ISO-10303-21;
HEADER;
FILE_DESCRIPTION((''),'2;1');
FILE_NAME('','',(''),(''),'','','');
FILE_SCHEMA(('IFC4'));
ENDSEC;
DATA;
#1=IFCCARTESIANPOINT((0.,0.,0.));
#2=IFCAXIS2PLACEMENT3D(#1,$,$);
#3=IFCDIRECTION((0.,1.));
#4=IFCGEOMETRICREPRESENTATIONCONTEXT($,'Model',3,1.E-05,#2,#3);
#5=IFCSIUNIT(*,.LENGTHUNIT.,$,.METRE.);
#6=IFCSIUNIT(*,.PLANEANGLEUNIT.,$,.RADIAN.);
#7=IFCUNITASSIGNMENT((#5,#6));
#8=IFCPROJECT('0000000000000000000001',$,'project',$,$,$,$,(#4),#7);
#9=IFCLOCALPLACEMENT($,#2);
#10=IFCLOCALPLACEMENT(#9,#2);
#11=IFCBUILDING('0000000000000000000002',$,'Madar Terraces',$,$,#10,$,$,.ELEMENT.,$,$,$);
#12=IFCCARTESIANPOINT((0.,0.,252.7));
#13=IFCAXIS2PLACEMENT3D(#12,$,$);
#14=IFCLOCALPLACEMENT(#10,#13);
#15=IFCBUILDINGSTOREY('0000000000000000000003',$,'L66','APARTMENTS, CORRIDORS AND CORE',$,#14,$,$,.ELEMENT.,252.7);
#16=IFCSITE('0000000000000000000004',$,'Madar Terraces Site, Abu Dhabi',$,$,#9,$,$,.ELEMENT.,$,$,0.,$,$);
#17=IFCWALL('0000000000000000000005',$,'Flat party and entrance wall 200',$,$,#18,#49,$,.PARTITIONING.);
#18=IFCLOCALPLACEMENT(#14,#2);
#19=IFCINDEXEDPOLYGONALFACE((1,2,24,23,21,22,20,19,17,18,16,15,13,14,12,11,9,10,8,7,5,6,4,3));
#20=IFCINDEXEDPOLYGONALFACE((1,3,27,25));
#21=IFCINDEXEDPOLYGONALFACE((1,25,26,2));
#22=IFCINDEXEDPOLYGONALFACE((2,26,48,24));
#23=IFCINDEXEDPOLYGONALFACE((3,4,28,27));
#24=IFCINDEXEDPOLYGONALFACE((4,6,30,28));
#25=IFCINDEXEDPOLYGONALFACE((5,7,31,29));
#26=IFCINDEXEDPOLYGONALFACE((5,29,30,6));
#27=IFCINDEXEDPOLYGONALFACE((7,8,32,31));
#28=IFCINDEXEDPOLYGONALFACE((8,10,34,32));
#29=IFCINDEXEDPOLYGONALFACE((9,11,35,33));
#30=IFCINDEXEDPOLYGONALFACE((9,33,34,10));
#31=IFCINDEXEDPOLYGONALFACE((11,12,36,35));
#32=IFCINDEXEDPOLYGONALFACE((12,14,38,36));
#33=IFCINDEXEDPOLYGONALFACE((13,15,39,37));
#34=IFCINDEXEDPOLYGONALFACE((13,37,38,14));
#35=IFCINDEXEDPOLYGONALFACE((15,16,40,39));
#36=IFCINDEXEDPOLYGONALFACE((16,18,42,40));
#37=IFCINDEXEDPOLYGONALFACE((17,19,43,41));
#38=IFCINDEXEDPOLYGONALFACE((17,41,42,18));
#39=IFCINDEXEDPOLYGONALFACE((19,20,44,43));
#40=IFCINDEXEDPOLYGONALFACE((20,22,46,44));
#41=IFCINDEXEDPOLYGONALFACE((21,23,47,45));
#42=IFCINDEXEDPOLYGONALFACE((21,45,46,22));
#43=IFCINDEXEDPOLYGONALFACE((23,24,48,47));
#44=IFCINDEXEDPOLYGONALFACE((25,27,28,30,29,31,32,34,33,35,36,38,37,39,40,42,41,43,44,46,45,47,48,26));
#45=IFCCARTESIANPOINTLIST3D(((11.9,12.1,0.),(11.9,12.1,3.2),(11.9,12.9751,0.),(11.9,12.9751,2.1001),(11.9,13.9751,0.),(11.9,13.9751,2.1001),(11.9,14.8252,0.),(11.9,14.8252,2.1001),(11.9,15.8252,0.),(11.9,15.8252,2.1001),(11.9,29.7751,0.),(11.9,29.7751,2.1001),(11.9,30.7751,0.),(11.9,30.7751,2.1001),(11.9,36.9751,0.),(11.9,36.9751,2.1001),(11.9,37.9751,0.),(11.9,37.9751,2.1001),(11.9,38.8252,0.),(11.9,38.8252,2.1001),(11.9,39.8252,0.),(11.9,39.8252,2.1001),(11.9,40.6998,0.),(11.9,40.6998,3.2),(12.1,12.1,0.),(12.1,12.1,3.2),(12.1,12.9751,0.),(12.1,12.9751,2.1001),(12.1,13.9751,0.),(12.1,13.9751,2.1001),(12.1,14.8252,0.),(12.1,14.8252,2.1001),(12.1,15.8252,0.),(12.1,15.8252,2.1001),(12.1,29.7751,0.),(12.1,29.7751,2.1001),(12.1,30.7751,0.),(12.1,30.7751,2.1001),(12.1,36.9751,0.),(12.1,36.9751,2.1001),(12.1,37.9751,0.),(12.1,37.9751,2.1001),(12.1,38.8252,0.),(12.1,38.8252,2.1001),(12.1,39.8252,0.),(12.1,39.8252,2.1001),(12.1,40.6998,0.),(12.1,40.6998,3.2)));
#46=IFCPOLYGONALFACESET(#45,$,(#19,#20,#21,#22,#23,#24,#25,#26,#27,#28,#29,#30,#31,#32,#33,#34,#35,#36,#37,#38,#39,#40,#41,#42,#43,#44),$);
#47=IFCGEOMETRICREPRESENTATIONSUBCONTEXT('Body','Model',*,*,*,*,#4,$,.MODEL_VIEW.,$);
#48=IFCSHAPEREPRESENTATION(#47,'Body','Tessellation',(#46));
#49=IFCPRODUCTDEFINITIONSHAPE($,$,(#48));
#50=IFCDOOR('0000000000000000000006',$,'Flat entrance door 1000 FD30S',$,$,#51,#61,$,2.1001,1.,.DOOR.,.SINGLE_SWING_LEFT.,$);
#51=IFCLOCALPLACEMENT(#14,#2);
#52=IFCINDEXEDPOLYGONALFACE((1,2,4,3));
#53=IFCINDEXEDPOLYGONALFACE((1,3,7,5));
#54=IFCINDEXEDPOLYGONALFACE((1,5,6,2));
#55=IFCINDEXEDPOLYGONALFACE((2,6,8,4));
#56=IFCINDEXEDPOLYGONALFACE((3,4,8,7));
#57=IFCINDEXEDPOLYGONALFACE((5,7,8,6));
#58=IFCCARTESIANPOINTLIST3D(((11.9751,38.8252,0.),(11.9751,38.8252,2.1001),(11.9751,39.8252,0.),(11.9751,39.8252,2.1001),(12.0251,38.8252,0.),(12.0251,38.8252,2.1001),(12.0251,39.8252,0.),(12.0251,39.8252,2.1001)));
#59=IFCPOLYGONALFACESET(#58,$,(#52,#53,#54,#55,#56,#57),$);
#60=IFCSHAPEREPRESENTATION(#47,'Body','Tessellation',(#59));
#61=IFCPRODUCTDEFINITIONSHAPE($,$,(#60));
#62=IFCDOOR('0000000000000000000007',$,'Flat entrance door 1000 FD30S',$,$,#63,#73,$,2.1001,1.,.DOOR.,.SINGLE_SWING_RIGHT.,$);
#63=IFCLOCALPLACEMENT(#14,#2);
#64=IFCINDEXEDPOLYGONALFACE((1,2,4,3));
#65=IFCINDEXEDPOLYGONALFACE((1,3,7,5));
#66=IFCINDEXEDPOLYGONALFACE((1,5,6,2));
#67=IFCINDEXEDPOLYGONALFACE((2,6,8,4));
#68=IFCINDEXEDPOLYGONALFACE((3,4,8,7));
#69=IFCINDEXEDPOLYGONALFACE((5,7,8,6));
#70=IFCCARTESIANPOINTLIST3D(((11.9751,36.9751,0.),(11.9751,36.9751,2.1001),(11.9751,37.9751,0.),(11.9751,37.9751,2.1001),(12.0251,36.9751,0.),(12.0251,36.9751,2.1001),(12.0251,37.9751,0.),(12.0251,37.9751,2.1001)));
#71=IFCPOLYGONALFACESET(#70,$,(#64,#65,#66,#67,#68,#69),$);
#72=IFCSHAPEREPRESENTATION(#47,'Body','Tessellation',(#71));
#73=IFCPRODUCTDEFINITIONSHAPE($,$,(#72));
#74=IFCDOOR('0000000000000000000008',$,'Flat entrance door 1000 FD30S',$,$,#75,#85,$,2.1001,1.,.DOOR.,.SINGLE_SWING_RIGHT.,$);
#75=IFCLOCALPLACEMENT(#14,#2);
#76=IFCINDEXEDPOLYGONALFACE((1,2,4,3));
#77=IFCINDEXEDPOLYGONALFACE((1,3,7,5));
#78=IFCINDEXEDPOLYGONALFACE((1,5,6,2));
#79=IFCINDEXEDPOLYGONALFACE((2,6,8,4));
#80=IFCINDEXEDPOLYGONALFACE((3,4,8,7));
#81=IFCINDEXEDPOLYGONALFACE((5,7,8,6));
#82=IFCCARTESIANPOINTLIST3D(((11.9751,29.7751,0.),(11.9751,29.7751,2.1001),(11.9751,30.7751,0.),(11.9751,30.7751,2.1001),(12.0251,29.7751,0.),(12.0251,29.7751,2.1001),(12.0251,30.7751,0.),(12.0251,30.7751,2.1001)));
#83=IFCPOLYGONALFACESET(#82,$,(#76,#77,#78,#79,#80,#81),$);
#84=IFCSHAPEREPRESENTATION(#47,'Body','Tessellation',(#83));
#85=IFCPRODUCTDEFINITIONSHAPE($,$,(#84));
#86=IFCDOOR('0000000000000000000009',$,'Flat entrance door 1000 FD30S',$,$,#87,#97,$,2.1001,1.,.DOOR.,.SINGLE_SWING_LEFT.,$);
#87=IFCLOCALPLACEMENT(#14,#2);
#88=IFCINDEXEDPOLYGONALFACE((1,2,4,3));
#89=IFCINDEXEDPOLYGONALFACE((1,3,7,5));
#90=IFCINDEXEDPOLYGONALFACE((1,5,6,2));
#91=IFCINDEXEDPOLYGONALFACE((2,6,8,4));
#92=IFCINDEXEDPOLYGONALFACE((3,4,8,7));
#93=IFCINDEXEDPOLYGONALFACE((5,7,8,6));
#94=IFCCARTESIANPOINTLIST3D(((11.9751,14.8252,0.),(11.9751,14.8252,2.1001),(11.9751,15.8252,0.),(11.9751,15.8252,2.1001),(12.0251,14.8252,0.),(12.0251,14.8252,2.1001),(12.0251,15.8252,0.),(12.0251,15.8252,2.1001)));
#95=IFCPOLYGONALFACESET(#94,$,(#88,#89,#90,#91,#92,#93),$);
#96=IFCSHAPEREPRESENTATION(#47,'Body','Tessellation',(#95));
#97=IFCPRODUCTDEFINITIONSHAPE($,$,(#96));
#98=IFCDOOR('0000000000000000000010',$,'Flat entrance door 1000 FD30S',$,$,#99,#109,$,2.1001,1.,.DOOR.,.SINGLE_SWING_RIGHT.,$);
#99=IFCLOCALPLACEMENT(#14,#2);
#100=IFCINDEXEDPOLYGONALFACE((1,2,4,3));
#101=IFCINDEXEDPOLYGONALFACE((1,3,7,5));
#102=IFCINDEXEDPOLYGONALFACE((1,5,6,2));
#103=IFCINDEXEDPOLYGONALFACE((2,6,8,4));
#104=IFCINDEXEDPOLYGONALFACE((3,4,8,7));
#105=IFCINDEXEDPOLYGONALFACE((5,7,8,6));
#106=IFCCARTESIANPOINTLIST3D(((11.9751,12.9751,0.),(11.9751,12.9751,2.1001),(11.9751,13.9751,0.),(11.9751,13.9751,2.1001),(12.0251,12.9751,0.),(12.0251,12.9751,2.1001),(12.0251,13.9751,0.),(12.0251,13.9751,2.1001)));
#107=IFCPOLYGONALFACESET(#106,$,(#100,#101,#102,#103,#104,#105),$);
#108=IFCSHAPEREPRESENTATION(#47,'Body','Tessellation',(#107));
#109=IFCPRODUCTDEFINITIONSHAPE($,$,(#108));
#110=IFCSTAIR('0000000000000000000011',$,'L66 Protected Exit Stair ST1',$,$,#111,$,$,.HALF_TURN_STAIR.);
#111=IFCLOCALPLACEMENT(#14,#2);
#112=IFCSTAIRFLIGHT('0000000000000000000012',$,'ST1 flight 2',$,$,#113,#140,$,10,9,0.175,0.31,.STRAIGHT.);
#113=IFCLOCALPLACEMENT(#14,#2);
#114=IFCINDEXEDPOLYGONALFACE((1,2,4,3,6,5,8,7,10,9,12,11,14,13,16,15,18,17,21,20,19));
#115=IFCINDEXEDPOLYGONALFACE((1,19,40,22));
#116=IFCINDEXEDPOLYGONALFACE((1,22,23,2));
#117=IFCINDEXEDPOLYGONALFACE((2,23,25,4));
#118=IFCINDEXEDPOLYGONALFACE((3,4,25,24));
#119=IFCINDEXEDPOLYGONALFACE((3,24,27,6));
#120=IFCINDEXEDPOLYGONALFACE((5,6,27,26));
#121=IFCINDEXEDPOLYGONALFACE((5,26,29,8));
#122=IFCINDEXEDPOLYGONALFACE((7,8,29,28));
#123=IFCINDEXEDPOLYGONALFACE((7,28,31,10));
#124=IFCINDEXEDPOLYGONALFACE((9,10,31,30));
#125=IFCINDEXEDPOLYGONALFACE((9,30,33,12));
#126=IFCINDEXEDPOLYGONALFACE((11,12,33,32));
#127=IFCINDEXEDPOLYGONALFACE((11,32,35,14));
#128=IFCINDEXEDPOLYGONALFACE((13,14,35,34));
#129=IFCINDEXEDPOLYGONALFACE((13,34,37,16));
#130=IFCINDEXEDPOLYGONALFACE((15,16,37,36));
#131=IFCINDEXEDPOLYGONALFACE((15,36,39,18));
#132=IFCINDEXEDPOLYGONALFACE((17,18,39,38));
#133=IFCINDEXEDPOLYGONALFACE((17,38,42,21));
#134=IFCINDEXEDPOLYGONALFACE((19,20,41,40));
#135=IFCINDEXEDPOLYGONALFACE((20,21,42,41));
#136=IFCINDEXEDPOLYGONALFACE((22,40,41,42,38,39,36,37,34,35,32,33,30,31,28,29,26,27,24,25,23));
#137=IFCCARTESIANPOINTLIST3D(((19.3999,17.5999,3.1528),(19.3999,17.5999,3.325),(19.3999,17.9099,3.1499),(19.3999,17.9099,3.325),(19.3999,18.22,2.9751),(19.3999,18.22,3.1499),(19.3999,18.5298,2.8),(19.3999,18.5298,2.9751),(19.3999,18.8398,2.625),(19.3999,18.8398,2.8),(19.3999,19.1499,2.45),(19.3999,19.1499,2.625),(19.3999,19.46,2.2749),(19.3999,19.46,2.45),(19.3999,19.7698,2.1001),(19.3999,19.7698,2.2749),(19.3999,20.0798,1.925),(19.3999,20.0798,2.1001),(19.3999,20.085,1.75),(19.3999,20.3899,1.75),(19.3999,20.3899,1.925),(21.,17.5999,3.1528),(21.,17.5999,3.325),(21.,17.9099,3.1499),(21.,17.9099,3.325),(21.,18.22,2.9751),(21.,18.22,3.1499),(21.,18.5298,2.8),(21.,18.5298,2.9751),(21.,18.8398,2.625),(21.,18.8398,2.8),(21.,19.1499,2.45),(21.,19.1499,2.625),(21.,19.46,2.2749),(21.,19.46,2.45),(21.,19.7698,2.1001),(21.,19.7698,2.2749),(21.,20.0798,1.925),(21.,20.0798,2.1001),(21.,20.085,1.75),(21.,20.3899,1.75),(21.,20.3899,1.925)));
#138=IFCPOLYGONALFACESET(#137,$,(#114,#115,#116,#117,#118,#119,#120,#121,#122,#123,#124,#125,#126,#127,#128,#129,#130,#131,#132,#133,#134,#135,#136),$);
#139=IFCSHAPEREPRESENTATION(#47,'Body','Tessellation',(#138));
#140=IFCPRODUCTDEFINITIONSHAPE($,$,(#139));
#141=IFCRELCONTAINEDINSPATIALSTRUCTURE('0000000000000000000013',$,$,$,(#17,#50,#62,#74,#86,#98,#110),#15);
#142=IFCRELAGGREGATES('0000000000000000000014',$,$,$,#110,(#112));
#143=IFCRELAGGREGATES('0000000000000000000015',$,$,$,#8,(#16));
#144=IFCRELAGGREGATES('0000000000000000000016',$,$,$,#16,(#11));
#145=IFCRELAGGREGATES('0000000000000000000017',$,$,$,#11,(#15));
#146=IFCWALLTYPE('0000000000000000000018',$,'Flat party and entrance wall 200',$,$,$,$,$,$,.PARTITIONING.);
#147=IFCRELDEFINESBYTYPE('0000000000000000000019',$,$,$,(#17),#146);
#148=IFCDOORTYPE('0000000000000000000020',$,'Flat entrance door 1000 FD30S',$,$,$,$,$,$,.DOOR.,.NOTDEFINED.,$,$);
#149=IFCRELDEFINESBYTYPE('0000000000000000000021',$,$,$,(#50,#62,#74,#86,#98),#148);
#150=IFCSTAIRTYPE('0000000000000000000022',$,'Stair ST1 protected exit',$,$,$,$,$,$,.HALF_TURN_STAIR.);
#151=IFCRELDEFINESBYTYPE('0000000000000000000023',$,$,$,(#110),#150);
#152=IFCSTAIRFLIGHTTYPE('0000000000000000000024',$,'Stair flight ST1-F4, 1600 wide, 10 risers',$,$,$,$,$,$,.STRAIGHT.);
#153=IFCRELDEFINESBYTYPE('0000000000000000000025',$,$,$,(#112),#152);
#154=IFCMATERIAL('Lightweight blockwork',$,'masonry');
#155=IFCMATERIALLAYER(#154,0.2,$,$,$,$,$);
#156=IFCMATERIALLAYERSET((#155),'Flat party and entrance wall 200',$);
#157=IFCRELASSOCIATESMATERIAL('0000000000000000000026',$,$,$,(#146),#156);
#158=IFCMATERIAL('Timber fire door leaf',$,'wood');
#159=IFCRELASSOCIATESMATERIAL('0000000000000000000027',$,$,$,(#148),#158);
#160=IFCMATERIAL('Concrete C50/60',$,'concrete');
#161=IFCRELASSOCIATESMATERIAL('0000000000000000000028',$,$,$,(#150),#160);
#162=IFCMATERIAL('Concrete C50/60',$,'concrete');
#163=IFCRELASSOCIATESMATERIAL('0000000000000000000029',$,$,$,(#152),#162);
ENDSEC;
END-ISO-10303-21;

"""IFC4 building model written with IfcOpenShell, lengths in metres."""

from ifc_helpers import new_model, si_unit, direction, frame, frame_2d, origin, place, context, subcontext, project, spatial, polyline, rectangle, outline, extrude, material, layer, layer_set, type_object, element, fill, aggregate, save


model = new_model("IFC4")

# Units and contexts
model_context = context("Model", 3, precision=1e-05, world=origin(), true_north=direction((0.0, 1.0)))
body_context = subcontext(model_context, "Body", "Model", "MODEL_VIEW")
ifc_project = project(units=[si_unit("LENGTHUNIT", "METRE"), si_unit("PLANEANGLEUNIT", "RADIAN")], contexts=[model_context])

# Site, building, storey
site_placement = place(None, origin())
site = spatial("IfcSite", under=ifc_project, at=site_placement, Name="Madar Terraces Site, Abu Dhabi", CompositionType="ELEMENT", RefElevation=0.0)
building_placement = place(site_placement, origin())
building = spatial("IfcBuilding", under=site, at=building_placement, Name="Madar Terraces", CompositionType="ELEMENT")
storey_placement = place(building_placement, frame((0.0, 0.0, 252.7)))
storey = spatial("IfcBuildingStorey", under=building, at=storey_placement, Name="L66", Description="APARTMENTS, CORRIDORS AND CORE", CompositionType="ELEMENT", Elevation=252.7)

# Wall, openings, doors
ifc_material_1 = material(Name="Lightweight blockwork", Category="masonry")
ifc_layer_1 = layer(ifc_material_1, 0.2)
ifc_layer_set_1 = layer_set([ifc_layer_1], Name="Flat party and entrance wall 200")
wall_type_1 = type_object("IfcWallType", Name="Flat party and entrance wall 200", PredefinedType="PARTITIONING", material=ifc_layer_set_1)
wall_1_placement = place(storey_placement, frame((12.0, 12.1001, 0.0), z_axis=(0.0, 0.0, 1.0), x_axis=(0.0, 1.0, 0.0)))
wall_1 = element("IfcWall", 1, at=wall_1_placement, inside=storey, type_object=wall_type_1, Name="Flat party and entrance wall 200", PredefinedType="PARTITIONING", context=body_context, shape_type="SweptSolid", body=[
    extrude(rectangle(XDim=28.5999, YDim=0.2, at=frame_2d((14.2998, 0.0))), origin(), (0.0, 0.0, 1.0), 3.2),
])
opening_1_placement = place(wall_1_placement, frame((26.7251, 0.0, 0.0)))
opening_1 = element("IfcOpeningElement", 2, at=opening_1_placement, cuts=wall_1, PredefinedType="OPENING", context=body_context, shape_type="SweptSolid", body=[
    extrude(rectangle(XDim=1.0, YDim=2.1001, at=frame_2d((0.5, 1.05))), frame((0.0, 0.1099, 0.0), z_axis=(0.0, -1.0, 0.0), x_axis=(1.0, 0.0, 0.0)), (0.0, 0.0, 1.0), 0.22),
])
opening_2_placement = place(wall_1_placement, frame((24.875, 0.0, 0.0)))
opening_2 = element("IfcOpeningElement", 3, at=opening_2_placement, cuts=wall_1, PredefinedType="OPENING", context=body_context, shape_type="SweptSolid", body=[
    extrude(rectangle(XDim=1.0, YDim=2.1001, at=frame_2d((0.5, 1.05))), frame((0.0, 0.1099, 0.0), z_axis=(0.0, -1.0, 0.0), x_axis=(1.0, 0.0, 0.0)), (0.0, 0.0, 1.0), 0.22),
])
opening_3_placement = place(wall_1_placement, frame((17.675, 0.0, 0.0)))
opening_3 = element("IfcOpeningElement", 4, at=opening_3_placement, cuts=wall_1, PredefinedType="OPENING", context=body_context, shape_type="SweptSolid", body=[
    extrude(rectangle(XDim=1.0, YDim=2.1001, at=frame_2d((0.5, 1.05))), frame((0.0, 0.1099, 0.0), z_axis=(0.0, -1.0, 0.0), x_axis=(1.0, 0.0, 0.0)), (0.0, 0.0, 1.0), 0.22),
])
opening_4_placement = place(wall_1_placement, frame((2.7251, 0.0, 0.0)))
opening_4 = element("IfcOpeningElement", 5, at=opening_4_placement, cuts=wall_1, PredefinedType="OPENING", context=body_context, shape_type="SweptSolid", body=[
    extrude(rectangle(XDim=1.0, YDim=2.1001, at=frame_2d((0.5, 1.05))), frame((0.0, 0.1099, 0.0), z_axis=(0.0, -1.0, 0.0), x_axis=(1.0, 0.0, 0.0)), (0.0, 0.0, 1.0), 0.22),
])
opening_5_placement = place(wall_1_placement, frame((0.875, 0.0, 0.0)))
opening_5 = element("IfcOpeningElement", 6, at=opening_5_placement, cuts=wall_1, PredefinedType="OPENING", context=body_context, shape_type="SweptSolid", body=[
    extrude(rectangle(XDim=1.0, YDim=2.1001, at=frame_2d((0.5, 1.05))), frame((0.0, 0.1099, 0.0), z_axis=(0.0, -1.0, 0.0), x_axis=(1.0, 0.0, 0.0)), (0.0, 0.0, 1.0), 0.22),
])
ifc_material_2 = material(Name="Timber fire door leaf", Category="wood")
door_type_1 = type_object("IfcDoorType", Name="Flat entrance door 1000 FD30S", OperationType="NOTDEFINED", PredefinedType="DOOR", material=ifc_material_2)
door_1_placement = place(opening_1_placement, origin())
door_1 = element("IfcDoor", 7, at=door_1_placement, inside=storey, type_object=door_type_1, Name="Flat entrance door 1000 FD30S", OperationType="SINGLE_SWING_LEFT", OverallHeight=2.1001, OverallWidth=1.0, PredefinedType="DOOR", context=body_context, shape_type="SweptSolid", body=[
    extrude(rectangle(XDim=1.0, YDim=2.1001, at=frame_2d((0.5, 1.05))), frame((0.0, 0.0249, 0.0), z_axis=(0.0, -1.0, 0.0), x_axis=(1.0, 0.0, 0.0)), (0.0, 0.0, 1.0), 0.05),
])
fill(opening_1, door_1)
door_2_placement = place(opening_2_placement, origin())
door_2 = element("IfcDoor", 8, at=door_2_placement, inside=storey, type_object=door_type_1, Name="Flat entrance door 1000 FD30S", OperationType="SINGLE_SWING_RIGHT", OverallHeight=2.1001, OverallWidth=1.0, PredefinedType="DOOR", context=body_context, shape_type="SweptSolid", body=[
    extrude(rectangle(XDim=1.0, YDim=2.1001, at=frame_2d((0.5, 1.05))), frame((0.0, 0.0249, 0.0), z_axis=(0.0, -1.0, 0.0), x_axis=(1.0, 0.0, 0.0)), (0.0, 0.0, 1.0), 0.05),
])
fill(opening_2, door_2)
door_3_placement = place(opening_3_placement, origin())
door_3 = element("IfcDoor", 9, at=door_3_placement, inside=storey, type_object=door_type_1, Name="Flat entrance door 1000 FD30S", OperationType="SINGLE_SWING_RIGHT", OverallHeight=2.1001, OverallWidth=1.0, PredefinedType="DOOR", context=body_context, shape_type="SweptSolid", body=[
    extrude(rectangle(XDim=1.0, YDim=2.1001, at=frame_2d((0.5, 1.05))), frame((0.0, 0.0249, 0.0), z_axis=(0.0, -1.0, 0.0), x_axis=(1.0, 0.0, 0.0)), (0.0, 0.0, 1.0), 0.05),
])
fill(opening_3, door_3)
door_4_placement = place(opening_4_placement, origin())
door_4 = element("IfcDoor", 10, at=door_4_placement, inside=storey, type_object=door_type_1, Name="Flat entrance door 1000 FD30S", OperationType="SINGLE_SWING_LEFT", OverallHeight=2.1001, OverallWidth=1.0, PredefinedType="DOOR", context=body_context, shape_type="SweptSolid", body=[
    extrude(rectangle(XDim=1.0, YDim=2.1001, at=frame_2d((0.5, 1.05))), frame((0.0, 0.0249, 0.0), z_axis=(0.0, -1.0, 0.0), x_axis=(1.0, 0.0, 0.0)), (0.0, 0.0, 1.0), 0.05),
])
fill(opening_4, door_4)
door_5_placement = place(opening_5_placement, origin())
door_5 = element("IfcDoor", 11, at=door_5_placement, inside=storey, type_object=door_type_1, Name="Flat entrance door 1000 FD30S", OperationType="SINGLE_SWING_RIGHT", OverallHeight=2.1001, OverallWidth=1.0, PredefinedType="DOOR", context=body_context, shape_type="SweptSolid", body=[
    extrude(rectangle(XDim=1.0, YDim=2.1001, at=frame_2d((0.5, 1.05))), frame((0.0, 0.0249, 0.0), z_axis=(0.0, -1.0, 0.0), x_axis=(1.0, 0.0, 0.0)), (0.0, 0.0, 1.0), 0.05),
])
fill(opening_5, door_5)

# Stair, stair flight
ifc_material_3 = material(Name="Concrete C50/60", Category="concrete")
stair_type = type_object("IfcStairType", Name="Stair ST1 protected exit", PredefinedType="HALF_TURN_STAIR", material=ifc_material_3)
stair_placement = place(storey_placement, origin())
stair = element("IfcStair", 12, at=stair_placement, inside=storey, type_object=stair_type, Name="L66 Protected Exit Stair ST1", PredefinedType="HALF_TURN_STAIR")
ifc_material_4 = material(Name="Concrete C50/60", Category="concrete")
stair_flight_type = type_object("IfcStairFlightType", Name="Stair flight ST1-F4, 1600 wide, 10 risers", PredefinedType="STRAIGHT", material=ifc_material_4)
stair_flight_placement = place(storey_placement, frame((20.2, 20.3899, 1.75), z_axis=(0.0, 0.0, 1.0), x_axis=(0.0, -1.0, 0.0)))
stair_flight = element("IfcStairFlight", 13, at=stair_flight_placement, type_object=stair_flight_type, Name="ST1 flight 2", NumberOfRisers=10, NumberOfTreads=9, PredefinedType="STRAIGHT", RiserHeight=0.175, TreadLength=0.31, context=body_context, shape_type="SweptSolid", body=[
    extrude(outline(polyline([(0.0, 0.0), (0.0, 0.175), (0.3101, 0.175), (0.3101, 0.3501), (0.6201, 0.3501), (0.6201, 0.5249), (0.9299, 0.5249), (0.9299, 0.7), (1.24, 0.7), (1.24, 0.875), (1.55, 0.875), (1.55, 1.05), (1.8601, 1.05), (1.8601, 1.2251), (2.1699, 1.2251), (2.1699, 1.3999), (2.48, 1.3999), (2.48, 1.575), (2.79, 1.575), (2.79, 1.75), (2.79, 1.4028), (0.3049, 0.0), (0.0, 0.0)])), frame((0.0, 0.8, 0.0), z_axis=(0.0, -1.0, 0.0), x_axis=(1.0, 0.0, 0.0)), (0.0, 0.0, 1.0), 1.6001),
])
aggregate(stair, [stair_flight])

save(model, "model.ifc")
